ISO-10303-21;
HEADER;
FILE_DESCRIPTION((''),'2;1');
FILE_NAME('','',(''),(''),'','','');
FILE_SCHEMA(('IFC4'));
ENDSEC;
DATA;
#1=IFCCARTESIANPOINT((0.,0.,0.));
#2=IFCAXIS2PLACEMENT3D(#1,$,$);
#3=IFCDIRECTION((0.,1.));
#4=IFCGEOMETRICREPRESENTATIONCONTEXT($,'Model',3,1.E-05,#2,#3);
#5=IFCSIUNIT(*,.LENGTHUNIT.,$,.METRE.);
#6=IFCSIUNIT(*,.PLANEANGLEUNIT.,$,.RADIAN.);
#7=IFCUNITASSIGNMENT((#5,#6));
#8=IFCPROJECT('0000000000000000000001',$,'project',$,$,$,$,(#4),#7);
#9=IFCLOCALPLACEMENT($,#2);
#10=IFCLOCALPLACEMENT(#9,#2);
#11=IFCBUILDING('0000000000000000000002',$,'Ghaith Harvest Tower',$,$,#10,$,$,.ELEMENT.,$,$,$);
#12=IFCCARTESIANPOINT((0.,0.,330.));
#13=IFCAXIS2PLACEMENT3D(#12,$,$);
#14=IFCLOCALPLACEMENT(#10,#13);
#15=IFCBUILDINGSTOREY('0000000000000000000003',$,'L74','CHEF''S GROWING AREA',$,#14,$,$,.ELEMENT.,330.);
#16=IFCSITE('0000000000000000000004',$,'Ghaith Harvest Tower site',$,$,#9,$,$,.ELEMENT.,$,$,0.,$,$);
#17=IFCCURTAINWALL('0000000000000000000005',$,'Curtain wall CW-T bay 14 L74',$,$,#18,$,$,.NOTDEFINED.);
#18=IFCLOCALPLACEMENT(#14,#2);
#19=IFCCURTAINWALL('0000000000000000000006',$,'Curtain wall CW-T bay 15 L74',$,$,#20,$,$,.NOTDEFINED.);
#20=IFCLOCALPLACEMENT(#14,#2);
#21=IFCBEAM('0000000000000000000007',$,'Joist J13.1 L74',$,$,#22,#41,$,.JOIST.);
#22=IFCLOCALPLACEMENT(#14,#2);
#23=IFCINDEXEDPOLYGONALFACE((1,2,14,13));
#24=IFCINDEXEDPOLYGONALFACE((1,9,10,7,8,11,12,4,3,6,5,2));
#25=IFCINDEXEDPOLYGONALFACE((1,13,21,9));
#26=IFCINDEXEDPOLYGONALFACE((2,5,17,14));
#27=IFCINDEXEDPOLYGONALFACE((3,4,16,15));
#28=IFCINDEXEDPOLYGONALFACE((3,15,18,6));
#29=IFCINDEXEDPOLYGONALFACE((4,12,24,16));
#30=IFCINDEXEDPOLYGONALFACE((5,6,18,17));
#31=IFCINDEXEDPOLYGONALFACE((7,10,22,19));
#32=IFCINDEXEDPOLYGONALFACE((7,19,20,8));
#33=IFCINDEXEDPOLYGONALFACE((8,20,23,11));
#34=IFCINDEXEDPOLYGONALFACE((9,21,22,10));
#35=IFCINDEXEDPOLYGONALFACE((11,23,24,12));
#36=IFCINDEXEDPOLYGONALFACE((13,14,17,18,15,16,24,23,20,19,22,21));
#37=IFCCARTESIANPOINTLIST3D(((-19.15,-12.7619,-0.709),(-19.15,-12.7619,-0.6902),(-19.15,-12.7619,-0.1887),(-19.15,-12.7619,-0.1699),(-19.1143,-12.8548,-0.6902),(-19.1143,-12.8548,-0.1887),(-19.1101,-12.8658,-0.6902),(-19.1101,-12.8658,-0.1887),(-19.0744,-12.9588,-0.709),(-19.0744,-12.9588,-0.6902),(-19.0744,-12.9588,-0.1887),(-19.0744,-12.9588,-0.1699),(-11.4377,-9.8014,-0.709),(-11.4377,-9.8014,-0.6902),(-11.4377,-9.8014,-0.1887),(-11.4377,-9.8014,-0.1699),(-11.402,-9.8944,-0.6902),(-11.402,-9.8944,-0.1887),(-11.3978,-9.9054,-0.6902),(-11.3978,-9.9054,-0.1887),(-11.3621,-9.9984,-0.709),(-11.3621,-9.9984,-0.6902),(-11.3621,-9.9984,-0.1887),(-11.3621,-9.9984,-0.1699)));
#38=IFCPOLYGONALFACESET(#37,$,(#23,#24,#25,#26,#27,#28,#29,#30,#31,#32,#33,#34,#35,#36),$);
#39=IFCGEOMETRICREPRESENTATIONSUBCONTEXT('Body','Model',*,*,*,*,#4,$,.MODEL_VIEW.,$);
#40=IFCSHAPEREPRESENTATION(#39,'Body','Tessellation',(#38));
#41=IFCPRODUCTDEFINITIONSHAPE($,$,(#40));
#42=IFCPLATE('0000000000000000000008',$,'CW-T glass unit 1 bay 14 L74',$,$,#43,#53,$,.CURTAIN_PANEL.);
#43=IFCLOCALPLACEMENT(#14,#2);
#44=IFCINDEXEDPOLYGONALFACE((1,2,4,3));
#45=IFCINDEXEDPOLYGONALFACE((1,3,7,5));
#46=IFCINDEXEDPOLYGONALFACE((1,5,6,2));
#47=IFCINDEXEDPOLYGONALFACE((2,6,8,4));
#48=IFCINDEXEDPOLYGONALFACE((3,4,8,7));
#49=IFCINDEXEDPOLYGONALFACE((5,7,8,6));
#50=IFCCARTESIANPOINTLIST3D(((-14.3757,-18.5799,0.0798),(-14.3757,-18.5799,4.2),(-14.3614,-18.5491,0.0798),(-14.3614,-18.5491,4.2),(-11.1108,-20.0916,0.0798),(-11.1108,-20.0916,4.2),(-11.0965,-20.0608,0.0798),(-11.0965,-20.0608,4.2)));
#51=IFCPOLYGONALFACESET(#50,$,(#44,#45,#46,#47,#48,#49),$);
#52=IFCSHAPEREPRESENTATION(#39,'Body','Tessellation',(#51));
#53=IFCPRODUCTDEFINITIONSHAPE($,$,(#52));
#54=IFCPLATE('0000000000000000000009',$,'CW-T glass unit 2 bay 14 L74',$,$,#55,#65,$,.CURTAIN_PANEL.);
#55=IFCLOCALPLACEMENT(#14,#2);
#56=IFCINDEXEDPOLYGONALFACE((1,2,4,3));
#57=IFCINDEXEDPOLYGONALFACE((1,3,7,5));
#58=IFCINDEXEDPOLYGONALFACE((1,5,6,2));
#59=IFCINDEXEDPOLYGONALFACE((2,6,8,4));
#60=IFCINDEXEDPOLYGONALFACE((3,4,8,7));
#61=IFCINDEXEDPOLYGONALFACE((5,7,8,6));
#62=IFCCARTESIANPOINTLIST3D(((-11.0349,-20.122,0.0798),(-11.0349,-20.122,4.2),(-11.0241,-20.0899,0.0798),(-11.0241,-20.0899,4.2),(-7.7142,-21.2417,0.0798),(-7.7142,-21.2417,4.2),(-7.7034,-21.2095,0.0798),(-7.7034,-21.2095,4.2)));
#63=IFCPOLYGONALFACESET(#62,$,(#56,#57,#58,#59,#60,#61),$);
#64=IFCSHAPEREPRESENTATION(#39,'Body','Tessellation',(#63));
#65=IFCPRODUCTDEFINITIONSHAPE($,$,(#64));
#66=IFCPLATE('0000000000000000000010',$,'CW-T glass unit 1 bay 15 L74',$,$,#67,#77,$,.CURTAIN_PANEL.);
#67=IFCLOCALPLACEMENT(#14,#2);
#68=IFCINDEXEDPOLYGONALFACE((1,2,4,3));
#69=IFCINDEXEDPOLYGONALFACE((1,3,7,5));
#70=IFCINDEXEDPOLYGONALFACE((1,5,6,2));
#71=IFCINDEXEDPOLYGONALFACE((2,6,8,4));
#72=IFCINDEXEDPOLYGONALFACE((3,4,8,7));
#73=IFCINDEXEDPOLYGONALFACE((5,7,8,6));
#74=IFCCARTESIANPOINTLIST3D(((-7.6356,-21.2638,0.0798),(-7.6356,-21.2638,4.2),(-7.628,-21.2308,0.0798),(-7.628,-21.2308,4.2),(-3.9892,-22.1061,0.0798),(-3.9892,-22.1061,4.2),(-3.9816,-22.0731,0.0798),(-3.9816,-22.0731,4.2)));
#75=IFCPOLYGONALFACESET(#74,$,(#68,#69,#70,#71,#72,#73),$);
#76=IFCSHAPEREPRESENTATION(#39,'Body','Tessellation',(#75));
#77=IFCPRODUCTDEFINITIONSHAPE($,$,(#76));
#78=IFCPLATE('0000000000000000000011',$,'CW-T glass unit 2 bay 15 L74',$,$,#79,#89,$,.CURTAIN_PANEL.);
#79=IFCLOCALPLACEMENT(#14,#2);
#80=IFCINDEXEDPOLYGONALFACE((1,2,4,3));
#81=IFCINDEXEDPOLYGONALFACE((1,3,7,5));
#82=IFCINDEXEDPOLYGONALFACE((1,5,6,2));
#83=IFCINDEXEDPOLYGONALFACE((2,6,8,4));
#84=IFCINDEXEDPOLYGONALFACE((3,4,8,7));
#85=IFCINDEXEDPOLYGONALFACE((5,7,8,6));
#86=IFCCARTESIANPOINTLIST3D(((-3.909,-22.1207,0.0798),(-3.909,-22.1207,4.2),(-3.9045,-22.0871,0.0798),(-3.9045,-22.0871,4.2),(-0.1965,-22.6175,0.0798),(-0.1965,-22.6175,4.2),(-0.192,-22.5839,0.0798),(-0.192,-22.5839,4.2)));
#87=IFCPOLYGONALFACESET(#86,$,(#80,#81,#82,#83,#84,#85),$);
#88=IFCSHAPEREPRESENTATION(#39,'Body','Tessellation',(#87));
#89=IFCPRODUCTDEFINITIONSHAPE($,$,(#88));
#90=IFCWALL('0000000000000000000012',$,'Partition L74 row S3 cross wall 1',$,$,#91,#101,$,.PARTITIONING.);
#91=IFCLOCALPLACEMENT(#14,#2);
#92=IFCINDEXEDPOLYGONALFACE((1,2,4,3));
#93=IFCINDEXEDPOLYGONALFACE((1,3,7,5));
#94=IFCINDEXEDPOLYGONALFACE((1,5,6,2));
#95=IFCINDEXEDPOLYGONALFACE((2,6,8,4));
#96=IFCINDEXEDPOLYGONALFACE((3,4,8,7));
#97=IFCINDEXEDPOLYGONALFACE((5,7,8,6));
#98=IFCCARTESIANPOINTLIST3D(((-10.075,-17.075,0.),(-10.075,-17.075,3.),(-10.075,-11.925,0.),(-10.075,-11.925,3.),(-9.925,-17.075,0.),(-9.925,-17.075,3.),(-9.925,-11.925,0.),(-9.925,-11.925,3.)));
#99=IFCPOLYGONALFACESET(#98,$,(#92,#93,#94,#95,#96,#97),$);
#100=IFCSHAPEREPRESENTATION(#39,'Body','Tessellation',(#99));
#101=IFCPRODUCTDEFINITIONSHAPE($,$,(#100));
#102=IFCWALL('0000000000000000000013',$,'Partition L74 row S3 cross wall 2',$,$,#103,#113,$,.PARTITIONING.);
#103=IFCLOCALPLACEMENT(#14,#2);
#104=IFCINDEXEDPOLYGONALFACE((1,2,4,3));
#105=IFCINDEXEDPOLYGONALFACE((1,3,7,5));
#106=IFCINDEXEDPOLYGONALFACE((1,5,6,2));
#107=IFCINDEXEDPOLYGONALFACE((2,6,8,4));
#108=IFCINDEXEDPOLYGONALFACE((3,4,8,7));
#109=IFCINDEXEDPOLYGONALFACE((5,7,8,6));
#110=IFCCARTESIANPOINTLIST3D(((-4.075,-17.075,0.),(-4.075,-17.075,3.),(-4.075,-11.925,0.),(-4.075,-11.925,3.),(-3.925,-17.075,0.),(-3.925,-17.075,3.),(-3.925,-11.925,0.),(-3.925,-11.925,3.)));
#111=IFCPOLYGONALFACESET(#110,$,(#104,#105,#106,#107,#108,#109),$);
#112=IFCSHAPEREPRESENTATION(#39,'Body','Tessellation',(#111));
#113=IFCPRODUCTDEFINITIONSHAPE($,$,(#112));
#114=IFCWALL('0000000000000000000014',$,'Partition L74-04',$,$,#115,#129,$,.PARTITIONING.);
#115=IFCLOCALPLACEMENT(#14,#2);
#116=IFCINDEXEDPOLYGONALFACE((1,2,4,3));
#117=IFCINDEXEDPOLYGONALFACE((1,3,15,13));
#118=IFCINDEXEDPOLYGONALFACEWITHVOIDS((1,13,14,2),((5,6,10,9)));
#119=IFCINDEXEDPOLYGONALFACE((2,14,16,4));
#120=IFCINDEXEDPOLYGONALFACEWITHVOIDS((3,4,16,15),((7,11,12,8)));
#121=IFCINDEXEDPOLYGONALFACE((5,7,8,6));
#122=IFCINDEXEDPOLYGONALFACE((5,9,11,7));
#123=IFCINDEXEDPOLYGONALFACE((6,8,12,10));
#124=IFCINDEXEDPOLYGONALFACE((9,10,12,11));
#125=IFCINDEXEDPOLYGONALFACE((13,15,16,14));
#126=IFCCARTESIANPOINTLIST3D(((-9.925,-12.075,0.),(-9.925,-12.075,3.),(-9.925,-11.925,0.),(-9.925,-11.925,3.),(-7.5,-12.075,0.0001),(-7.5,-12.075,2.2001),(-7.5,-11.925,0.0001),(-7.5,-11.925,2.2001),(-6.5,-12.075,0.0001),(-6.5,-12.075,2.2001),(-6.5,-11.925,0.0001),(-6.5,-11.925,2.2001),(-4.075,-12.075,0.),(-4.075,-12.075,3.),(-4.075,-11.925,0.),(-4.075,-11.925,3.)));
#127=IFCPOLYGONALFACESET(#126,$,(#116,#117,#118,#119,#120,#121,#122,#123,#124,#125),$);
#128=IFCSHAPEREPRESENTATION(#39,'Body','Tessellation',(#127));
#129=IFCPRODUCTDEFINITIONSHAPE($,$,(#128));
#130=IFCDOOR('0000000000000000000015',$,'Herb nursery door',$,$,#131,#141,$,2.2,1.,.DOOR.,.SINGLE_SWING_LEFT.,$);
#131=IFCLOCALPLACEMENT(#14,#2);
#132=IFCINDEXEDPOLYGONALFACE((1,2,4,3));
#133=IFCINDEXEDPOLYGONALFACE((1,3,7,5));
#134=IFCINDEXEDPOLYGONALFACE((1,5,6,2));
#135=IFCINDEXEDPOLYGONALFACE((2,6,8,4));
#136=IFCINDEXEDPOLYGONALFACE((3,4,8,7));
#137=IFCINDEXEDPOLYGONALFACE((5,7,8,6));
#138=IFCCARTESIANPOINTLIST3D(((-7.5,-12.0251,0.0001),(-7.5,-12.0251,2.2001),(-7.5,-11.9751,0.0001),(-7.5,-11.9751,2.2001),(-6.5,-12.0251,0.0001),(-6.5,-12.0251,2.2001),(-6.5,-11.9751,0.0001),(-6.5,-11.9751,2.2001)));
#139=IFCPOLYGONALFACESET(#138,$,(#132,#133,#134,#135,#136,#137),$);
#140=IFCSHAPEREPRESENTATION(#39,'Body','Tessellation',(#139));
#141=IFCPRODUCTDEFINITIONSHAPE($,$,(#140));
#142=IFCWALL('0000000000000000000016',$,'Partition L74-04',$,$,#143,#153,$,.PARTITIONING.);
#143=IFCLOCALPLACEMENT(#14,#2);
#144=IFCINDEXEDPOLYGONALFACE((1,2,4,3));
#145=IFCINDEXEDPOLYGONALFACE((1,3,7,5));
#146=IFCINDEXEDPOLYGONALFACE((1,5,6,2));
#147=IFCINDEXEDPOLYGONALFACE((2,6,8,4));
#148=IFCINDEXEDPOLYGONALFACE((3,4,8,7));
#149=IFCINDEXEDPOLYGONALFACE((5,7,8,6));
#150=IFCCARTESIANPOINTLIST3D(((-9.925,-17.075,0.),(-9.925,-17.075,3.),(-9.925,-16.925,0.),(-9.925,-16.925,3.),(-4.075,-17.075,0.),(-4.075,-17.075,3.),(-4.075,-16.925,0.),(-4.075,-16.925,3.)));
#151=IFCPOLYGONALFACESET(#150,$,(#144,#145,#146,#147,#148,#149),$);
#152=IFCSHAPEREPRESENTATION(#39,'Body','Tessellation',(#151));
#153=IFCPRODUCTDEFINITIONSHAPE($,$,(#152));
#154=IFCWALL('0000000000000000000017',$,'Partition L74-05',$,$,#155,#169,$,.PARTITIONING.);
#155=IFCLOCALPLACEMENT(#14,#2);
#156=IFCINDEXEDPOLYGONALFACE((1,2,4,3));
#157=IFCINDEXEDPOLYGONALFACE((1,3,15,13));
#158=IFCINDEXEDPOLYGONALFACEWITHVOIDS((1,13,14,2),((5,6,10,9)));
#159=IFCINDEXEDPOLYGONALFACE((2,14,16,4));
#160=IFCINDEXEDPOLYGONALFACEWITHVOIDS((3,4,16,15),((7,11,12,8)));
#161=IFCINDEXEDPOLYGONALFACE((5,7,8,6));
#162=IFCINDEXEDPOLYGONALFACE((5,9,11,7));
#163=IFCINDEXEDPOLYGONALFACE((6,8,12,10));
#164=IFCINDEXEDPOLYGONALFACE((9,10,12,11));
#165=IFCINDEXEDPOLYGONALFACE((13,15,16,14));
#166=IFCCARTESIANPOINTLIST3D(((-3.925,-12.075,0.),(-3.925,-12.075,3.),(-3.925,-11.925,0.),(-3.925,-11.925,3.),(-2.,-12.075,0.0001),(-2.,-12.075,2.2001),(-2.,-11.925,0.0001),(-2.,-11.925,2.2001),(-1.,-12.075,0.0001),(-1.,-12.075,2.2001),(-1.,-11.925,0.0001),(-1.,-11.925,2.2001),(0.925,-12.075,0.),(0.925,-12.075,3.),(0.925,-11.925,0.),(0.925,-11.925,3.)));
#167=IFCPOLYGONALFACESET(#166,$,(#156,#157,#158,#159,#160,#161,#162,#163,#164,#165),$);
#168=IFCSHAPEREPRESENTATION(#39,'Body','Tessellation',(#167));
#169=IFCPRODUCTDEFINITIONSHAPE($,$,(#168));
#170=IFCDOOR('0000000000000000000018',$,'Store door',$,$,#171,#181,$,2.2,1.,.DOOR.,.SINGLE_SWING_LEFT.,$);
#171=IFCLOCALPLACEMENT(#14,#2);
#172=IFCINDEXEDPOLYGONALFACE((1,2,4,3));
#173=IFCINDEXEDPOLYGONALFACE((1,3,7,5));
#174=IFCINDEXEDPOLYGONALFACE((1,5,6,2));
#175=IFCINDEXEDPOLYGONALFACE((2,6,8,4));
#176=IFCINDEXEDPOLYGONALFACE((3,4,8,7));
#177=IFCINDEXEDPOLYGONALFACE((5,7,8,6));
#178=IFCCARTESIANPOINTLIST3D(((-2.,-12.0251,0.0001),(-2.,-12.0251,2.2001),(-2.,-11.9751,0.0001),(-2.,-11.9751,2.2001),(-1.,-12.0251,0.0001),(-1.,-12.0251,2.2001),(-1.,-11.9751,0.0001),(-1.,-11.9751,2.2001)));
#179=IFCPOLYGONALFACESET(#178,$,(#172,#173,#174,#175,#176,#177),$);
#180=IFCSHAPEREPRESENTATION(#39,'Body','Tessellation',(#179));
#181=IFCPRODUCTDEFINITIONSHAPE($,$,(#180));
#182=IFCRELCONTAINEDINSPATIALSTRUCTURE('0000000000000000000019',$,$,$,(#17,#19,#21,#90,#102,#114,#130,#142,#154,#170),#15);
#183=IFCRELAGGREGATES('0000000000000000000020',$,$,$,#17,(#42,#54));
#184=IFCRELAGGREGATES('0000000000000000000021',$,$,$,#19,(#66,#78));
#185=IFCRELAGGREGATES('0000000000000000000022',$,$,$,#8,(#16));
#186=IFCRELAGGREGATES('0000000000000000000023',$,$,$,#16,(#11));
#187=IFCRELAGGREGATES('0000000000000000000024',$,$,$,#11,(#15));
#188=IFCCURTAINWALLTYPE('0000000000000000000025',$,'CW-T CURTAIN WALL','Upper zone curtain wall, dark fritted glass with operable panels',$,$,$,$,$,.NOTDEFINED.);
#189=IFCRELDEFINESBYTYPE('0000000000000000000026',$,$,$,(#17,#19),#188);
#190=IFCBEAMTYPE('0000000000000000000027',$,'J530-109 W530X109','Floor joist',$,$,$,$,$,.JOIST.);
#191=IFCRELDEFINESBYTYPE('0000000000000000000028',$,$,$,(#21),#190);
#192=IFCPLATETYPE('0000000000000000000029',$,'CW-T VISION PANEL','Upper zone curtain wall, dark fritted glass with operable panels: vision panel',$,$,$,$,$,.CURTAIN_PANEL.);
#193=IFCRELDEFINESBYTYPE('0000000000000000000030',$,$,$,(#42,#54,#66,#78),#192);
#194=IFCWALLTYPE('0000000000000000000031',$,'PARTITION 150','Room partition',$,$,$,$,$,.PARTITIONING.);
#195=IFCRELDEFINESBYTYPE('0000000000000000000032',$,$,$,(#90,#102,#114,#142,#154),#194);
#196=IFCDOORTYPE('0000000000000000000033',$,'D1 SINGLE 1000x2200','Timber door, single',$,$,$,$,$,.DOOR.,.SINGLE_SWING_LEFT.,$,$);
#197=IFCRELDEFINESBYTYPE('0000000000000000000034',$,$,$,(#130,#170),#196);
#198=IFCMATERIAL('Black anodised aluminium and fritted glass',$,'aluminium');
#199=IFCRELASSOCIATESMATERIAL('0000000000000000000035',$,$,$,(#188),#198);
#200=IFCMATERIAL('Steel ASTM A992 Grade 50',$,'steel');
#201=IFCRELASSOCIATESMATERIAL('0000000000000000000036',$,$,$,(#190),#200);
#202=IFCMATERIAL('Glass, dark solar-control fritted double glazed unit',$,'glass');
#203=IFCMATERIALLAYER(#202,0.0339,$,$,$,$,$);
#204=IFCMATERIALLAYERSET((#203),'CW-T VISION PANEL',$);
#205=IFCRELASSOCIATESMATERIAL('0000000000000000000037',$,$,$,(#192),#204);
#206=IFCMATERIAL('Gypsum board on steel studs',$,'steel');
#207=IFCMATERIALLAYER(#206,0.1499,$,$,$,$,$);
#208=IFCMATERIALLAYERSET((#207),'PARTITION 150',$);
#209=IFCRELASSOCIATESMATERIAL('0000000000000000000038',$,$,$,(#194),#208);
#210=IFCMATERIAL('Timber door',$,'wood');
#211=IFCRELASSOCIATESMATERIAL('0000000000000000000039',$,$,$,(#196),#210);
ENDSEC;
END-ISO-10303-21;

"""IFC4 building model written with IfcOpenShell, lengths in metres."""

from ifc_helpers import new_model, si_unit, direction, frame, frame_2d, origin, origin_2d, place, context, subcontext, project, spatial, rectangle, i_section, extrude, material, layer, layer_set, material_profile, profile_set, type_object, element, fill, aggregate, save


model = new_model("IFC4")

# Units and contexts
model_context = context("Model", 3, precision=1e-05, world=origin(), true_north=direction((0.0, 1.0)))
body_context = subcontext(model_context, "Body", "Model", "MODEL_VIEW")
ifc_project = project(units=[si_unit("LENGTHUNIT", "METRE"), si_unit("PLANEANGLEUNIT", "RADIAN")], contexts=[model_context])

# Site, building, storey
site_placement = place(None, origin())
site = spatial("IfcSite", under=ifc_project, at=site_placement, Name="Ghaith Harvest Tower site", CompositionType="ELEMENT", RefElevation=0.0)
building_placement = place(site_placement, origin())
building = spatial("IfcBuilding", under=site, at=building_placement, Name="Ghaith Harvest Tower", CompositionType="ELEMENT")
storey_placement = place(building_placement, frame((0.0, 0.0, 330.0)))
storey = spatial("IfcBuildingStorey", under=building, at=storey_placement, Name="L74", Description="CHEF'S GROWING AREA", CompositionType="ELEMENT", Elevation=330.0)

# Curtain wall
ifc_material_1 = material(Name="Black anodised aluminium and fritted glass", Category="aluminium")
curtain_wall_type = type_object("IfcCurtainWallType", Name="CW-T CURTAIN WALL", Description="Upper zone curtain wall, dark fritted glass with operable panels", PredefinedType="NOTDEFINED", material=ifc_material_1)
curtain_wall_1_placement = place(storey_placement, origin())
curtain_wall_1 = element("IfcCurtainWall", 1, at=curtain_wall_1_placement, inside=storey, type_object=curtain_wall_type, Name="Curtain wall CW-T bay 14 L74", PredefinedType="NOTDEFINED")

# Curtain wall
curtain_wall_2_placement = place(storey_placement, origin())
curtain_wall_2 = element("IfcCurtainWall", 2, at=curtain_wall_2_placement, inside=storey, type_object=curtain_wall_type, Name="Curtain wall CW-T bay 15 L74", PredefinedType="NOTDEFINED")

# Beam
ifc_material_2 = material(Name="Steel ASTM A992 Grade 50", Category="steel")
ifc_material_profile_1 = material_profile(ifc_material_2, i_section(OverallWidth=0.2109, OverallDepth=0.5391, WebThickness=0.0117, FlangeThickness=0.0188, at=origin_2d()), Name="W530X109")
ifc_profile_set_1 = profile_set([ifc_material_profile_1], Name="Steel ASTM A992 Grade 50")
beam_type_1 = type_object("IfcBeamType", Name="J530-109 W530X109", Description="Floor joist", PredefinedType="JOIST", material=ifc_profile_set_1)
beam_1_placement = place(storey_placement, frame((-11.3999, -9.8999, -0.4395), z_axis=(-0.933583, -0.358361, 0.0), x_axis=(0.358361, -0.933583, 0.0)))
element("IfcBeam", 3, at=beam_1_placement, inside=storey, type_object=beam_type_1, Name="Joist J13.1 L74", PredefinedType="JOIST", context=body_context, shape_type="SweptSolid", body=[
    extrude(i_section(OverallWidth=0.2109, OverallDepth=0.5391, WebThickness=0.0117, FlangeThickness=0.0188, at=origin_2d()), origin(), (0.0, 0.0, 1.0), 8.261),
])

# Plates
ifc_material_3 = material(Name="Glass, dark solar-control fritted double glazed unit", Category="glass")
ifc_layer_1 = layer(ifc_material_3, 0.0339)
ifc_layer_set_1 = layer_set([ifc_layer_1], Name="CW-T VISION PANEL")
plate_type = type_object("IfcPlateType", Name="CW-T VISION PANEL", Description="Upper zone curtain wall, dark fritted glass with operable panels: vision panel", PredefinedType="CURTAIN_PANEL", material=ifc_layer_set_1)
plate_1_placement = place(storey_placement, frame((-12.7361, -19.3203, 0.0798), z_axis=(0.0, 0.0, 1.0), x_axis=(0.90745, -0.42016, 0.0)))
plate_1 = element("IfcPlate", 4, at=plate_1_placement, type_object=plate_type, Name="CW-T glass unit 1 bay 14 L74", PredefinedType="CURTAIN_PANEL", context=body_context, shape_type="SweptSolid", body=[
    extrude(rectangle(XDim=3.5979, YDim=0.0339, at=origin_2d()), origin(), (0.0, 0.0, 1.0), 4.1201),
])
plate_2_placement = place(storey_placement, frame((-9.3691, -20.6658, 0.0798), z_axis=(0.0, 0.0, 1.0), x_axis=(0.947586, -0.3195, 0.0)))
plate_2 = element("IfcPlate", 5, at=plate_2_placement, type_object=plate_type, Name="CW-T glass unit 2 bay 14 L74", PredefinedType="CURTAIN_PANEL", context=body_context, shape_type="SweptSolid", body=[
    extrude(rectangle(XDim=3.5044, YDim=0.0339, at=origin_2d()), origin(), (0.0, 0.0, 1.0), 4.1201),
])
aggregate(curtain_wall_1, [plate_1, plate_2])
plate_3_placement = place(storey_placement, frame((-5.8086, -21.6685, 0.0798), z_axis=(0.0, 0.0, 1.0), x_axis=(0.974342, -0.225072, 0.0)))
plate_3 = element("IfcPlate", 6, at=plate_3_placement, type_object=plate_type, Name="CW-T glass unit 1 bay 15 L74", PredefinedType="CURTAIN_PANEL", context=body_context, shape_type="SweptSolid", body=[
    extrude(rectangle(XDim=3.7424, YDim=0.0339, at=origin_2d()), origin(), (0.0, 0.0, 1.0), 4.1201),
])
plate_4_placement = place(storey_placement, frame((-2.0505, -22.3523, 0.0798), z_axis=(0.0, 0.0, 1.0), x_axis=(0.991165, -0.132633, 0.0)))
plate_4 = element("IfcPlate", 7, at=plate_4_placement, type_object=plate_type, Name="CW-T glass unit 2 bay 15 L74", PredefinedType="CURTAIN_PANEL", context=body_context, shape_type="SweptSolid", body=[
    extrude(rectangle(XDim=3.7456, YDim=0.0339, at=origin_2d()), origin(), (0.0, 0.0, 1.0), 4.1201),
])
aggregate(curtain_wall_2, [plate_3, plate_4])

# Walls
ifc_material_4 = material(Name="Gypsum board on steel studs", Category="steel")
ifc_layer_2 = layer(ifc_material_4, 0.1499)
ifc_layer_set_2 = layer_set([ifc_layer_2], Name="PARTITION 150")
wall_type = type_object("IfcWallType", Name="PARTITION 150", Description="Room partition", PredefinedType="PARTITIONING", material=ifc_layer_set_2)
for number, where, z_axis, x_axis, name in (
    (8, (-10.0, -11.925, 0.0), (0.0, 0.0, 1.0), (0.0, -1.0, 0.0), "Partition L74 row S3 cross wall 1"),
    (9, (-4.0, -11.925, 0.0), (0.0, 0.0, 1.0), (0.0, -1.0, 0.0), "Partition L74 row S3 cross wall 2"),
):
    element("IfcWall", number, at=place(storey_placement, frame(where, z_axis=z_axis, x_axis=x_axis)), inside=storey, type_object=wall_type, Name=name, PredefinedType="PARTITIONING", context=body_context, shape_type="SweptSolid", body=[
        extrude(rectangle(XDim=5.1499, YDim=0.1499, at=frame_2d((2.575, 0.0))), origin(), (0.0, 0.0, 1.0), 3.0),
    ])

# Wall, opening, door
wall_1_placement = place(storey_placement, frame((-9.925, -12.0, 0.0), z_axis=(0.0, 0.0, 1.0), x_axis=(1.0, 0.0, 0.0)))
wall_1 = element("IfcWall", 10, at=wall_1_placement, inside=storey, type_object=wall_type, Name="Partition L74-04", PredefinedType="PARTITIONING", context=body_context, shape_type="SweptSolid", body=[
    extrude(rectangle(XDim=5.8501, YDim=0.1499, at=frame_2d((2.925, 0.0))), origin(), (0.0, 0.0, 1.0), 3.0),
])
opening_1_placement = place(wall_1_placement, frame((2.425, 0.0, 0.0)))
opening_1 = element("IfcOpeningElement", 11, at=opening_1_placement, cuts=wall_1, PredefinedType="OPENING", context=body_context, shape_type="SweptSolid", body=[
    extrude(rectangle(XDim=1.0, YDim=2.2, at=frame_2d((0.5, 1.1001))), frame((0.0, 0.085, 0.0), z_axis=(0.0, -1.0, 0.0), x_axis=(1.0, 0.0, 0.0)), (0.0, 0.0, 1.0), 0.1699),
])
ifc_material_5 = material(Name="Timber door", Category="wood")
door_type = type_object("IfcDoorType", Name="D1 SINGLE 1000x2200", Description="Timber door, single", OperationType="SINGLE_SWING_LEFT", PredefinedType="DOOR", material=ifc_material_5)
door_1_placement = place(opening_1_placement, origin())
door_1 = element("IfcDoor", 12, at=door_1_placement, inside=storey, type_object=door_type, Name="Herb nursery door", OperationType="SINGLE_SWING_LEFT", OverallHeight=2.2, OverallWidth=1.0, PredefinedType="DOOR", context=body_context, shape_type="SweptSolid", body=[
    extrude(rectangle(XDim=1.0, YDim=2.2, at=frame_2d((0.5, 1.1001))), frame((0.0, 0.0249, 0.0), z_axis=(0.0, -1.0, 0.0), x_axis=(1.0, 0.0, 0.0)), (0.0, 0.0, 1.0), 0.05),
])
fill(opening_1, door_1)

# Wall
wall_2_placement = place(storey_placement, frame((-9.925, -17.0, 0.0), z_axis=(0.0, 0.0, 1.0), x_axis=(1.0, 0.0, 0.0)))
element("IfcWall", 13, at=wall_2_placement, inside=storey, type_object=wall_type, Name="Partition L74-04", PredefinedType="PARTITIONING", context=body_context, shape_type="SweptSolid", body=[
    extrude(rectangle(XDim=5.8501, YDim=0.1499, at=frame_2d((2.925, 0.0))), origin(), (0.0, 0.0, 1.0), 3.0),
])

# Wall, opening, door
wall_3_placement = place(storey_placement, frame((-3.925, -12.0, 0.0), z_axis=(0.0, 0.0, 1.0), x_axis=(1.0, 0.0, 0.0)))
wall_3 = element("IfcWall", 14, at=wall_3_placement, inside=storey, type_object=wall_type, Name="Partition L74-05", PredefinedType="PARTITIONING", context=body_context, shape_type="SweptSolid", body=[
    extrude(rectangle(XDim=4.8501, YDim=0.1499, at=frame_2d((2.425, 0.0))), origin(), (0.0, 0.0, 1.0), 3.0),
])
opening_2_placement = place(wall_3_placement, frame((1.925, 0.0, 0.0)))
opening_2 = element("IfcOpeningElement", 15, at=opening_2_placement, cuts=wall_3, PredefinedType="OPENING", context=body_context, shape_type="SweptSolid", body=[
    extrude(rectangle(XDim=1.0, YDim=2.2, at=frame_2d((0.5, 1.1001))), frame((0.0, 0.085, 0.0), z_axis=(0.0, -1.0, 0.0), x_axis=(1.0, 0.0, 0.0)), (0.0, 0.0, 1.0), 0.1699),
])
door_2_placement = place(opening_2_placement, origin())
door_2 = element("IfcDoor", 16, at=door_2_placement, inside=storey, type_object=door_type, Name="Store door", OperationType="SINGLE_SWING_LEFT", OverallHeight=2.2, OverallWidth=1.0, PredefinedType="DOOR", context=body_context, shape_type="SweptSolid", body=[
    extrude(rectangle(XDim=1.0, YDim=2.2, at=frame_2d((0.5, 1.1001))), frame((0.0, 0.0249, 0.0), z_axis=(0.0, -1.0, 0.0), x_axis=(1.0, 0.0, 0.0)), (0.0, 0.0, 1.0), 0.05),
])
fill(opening_2, door_2)

save(model, "model.ifc")
